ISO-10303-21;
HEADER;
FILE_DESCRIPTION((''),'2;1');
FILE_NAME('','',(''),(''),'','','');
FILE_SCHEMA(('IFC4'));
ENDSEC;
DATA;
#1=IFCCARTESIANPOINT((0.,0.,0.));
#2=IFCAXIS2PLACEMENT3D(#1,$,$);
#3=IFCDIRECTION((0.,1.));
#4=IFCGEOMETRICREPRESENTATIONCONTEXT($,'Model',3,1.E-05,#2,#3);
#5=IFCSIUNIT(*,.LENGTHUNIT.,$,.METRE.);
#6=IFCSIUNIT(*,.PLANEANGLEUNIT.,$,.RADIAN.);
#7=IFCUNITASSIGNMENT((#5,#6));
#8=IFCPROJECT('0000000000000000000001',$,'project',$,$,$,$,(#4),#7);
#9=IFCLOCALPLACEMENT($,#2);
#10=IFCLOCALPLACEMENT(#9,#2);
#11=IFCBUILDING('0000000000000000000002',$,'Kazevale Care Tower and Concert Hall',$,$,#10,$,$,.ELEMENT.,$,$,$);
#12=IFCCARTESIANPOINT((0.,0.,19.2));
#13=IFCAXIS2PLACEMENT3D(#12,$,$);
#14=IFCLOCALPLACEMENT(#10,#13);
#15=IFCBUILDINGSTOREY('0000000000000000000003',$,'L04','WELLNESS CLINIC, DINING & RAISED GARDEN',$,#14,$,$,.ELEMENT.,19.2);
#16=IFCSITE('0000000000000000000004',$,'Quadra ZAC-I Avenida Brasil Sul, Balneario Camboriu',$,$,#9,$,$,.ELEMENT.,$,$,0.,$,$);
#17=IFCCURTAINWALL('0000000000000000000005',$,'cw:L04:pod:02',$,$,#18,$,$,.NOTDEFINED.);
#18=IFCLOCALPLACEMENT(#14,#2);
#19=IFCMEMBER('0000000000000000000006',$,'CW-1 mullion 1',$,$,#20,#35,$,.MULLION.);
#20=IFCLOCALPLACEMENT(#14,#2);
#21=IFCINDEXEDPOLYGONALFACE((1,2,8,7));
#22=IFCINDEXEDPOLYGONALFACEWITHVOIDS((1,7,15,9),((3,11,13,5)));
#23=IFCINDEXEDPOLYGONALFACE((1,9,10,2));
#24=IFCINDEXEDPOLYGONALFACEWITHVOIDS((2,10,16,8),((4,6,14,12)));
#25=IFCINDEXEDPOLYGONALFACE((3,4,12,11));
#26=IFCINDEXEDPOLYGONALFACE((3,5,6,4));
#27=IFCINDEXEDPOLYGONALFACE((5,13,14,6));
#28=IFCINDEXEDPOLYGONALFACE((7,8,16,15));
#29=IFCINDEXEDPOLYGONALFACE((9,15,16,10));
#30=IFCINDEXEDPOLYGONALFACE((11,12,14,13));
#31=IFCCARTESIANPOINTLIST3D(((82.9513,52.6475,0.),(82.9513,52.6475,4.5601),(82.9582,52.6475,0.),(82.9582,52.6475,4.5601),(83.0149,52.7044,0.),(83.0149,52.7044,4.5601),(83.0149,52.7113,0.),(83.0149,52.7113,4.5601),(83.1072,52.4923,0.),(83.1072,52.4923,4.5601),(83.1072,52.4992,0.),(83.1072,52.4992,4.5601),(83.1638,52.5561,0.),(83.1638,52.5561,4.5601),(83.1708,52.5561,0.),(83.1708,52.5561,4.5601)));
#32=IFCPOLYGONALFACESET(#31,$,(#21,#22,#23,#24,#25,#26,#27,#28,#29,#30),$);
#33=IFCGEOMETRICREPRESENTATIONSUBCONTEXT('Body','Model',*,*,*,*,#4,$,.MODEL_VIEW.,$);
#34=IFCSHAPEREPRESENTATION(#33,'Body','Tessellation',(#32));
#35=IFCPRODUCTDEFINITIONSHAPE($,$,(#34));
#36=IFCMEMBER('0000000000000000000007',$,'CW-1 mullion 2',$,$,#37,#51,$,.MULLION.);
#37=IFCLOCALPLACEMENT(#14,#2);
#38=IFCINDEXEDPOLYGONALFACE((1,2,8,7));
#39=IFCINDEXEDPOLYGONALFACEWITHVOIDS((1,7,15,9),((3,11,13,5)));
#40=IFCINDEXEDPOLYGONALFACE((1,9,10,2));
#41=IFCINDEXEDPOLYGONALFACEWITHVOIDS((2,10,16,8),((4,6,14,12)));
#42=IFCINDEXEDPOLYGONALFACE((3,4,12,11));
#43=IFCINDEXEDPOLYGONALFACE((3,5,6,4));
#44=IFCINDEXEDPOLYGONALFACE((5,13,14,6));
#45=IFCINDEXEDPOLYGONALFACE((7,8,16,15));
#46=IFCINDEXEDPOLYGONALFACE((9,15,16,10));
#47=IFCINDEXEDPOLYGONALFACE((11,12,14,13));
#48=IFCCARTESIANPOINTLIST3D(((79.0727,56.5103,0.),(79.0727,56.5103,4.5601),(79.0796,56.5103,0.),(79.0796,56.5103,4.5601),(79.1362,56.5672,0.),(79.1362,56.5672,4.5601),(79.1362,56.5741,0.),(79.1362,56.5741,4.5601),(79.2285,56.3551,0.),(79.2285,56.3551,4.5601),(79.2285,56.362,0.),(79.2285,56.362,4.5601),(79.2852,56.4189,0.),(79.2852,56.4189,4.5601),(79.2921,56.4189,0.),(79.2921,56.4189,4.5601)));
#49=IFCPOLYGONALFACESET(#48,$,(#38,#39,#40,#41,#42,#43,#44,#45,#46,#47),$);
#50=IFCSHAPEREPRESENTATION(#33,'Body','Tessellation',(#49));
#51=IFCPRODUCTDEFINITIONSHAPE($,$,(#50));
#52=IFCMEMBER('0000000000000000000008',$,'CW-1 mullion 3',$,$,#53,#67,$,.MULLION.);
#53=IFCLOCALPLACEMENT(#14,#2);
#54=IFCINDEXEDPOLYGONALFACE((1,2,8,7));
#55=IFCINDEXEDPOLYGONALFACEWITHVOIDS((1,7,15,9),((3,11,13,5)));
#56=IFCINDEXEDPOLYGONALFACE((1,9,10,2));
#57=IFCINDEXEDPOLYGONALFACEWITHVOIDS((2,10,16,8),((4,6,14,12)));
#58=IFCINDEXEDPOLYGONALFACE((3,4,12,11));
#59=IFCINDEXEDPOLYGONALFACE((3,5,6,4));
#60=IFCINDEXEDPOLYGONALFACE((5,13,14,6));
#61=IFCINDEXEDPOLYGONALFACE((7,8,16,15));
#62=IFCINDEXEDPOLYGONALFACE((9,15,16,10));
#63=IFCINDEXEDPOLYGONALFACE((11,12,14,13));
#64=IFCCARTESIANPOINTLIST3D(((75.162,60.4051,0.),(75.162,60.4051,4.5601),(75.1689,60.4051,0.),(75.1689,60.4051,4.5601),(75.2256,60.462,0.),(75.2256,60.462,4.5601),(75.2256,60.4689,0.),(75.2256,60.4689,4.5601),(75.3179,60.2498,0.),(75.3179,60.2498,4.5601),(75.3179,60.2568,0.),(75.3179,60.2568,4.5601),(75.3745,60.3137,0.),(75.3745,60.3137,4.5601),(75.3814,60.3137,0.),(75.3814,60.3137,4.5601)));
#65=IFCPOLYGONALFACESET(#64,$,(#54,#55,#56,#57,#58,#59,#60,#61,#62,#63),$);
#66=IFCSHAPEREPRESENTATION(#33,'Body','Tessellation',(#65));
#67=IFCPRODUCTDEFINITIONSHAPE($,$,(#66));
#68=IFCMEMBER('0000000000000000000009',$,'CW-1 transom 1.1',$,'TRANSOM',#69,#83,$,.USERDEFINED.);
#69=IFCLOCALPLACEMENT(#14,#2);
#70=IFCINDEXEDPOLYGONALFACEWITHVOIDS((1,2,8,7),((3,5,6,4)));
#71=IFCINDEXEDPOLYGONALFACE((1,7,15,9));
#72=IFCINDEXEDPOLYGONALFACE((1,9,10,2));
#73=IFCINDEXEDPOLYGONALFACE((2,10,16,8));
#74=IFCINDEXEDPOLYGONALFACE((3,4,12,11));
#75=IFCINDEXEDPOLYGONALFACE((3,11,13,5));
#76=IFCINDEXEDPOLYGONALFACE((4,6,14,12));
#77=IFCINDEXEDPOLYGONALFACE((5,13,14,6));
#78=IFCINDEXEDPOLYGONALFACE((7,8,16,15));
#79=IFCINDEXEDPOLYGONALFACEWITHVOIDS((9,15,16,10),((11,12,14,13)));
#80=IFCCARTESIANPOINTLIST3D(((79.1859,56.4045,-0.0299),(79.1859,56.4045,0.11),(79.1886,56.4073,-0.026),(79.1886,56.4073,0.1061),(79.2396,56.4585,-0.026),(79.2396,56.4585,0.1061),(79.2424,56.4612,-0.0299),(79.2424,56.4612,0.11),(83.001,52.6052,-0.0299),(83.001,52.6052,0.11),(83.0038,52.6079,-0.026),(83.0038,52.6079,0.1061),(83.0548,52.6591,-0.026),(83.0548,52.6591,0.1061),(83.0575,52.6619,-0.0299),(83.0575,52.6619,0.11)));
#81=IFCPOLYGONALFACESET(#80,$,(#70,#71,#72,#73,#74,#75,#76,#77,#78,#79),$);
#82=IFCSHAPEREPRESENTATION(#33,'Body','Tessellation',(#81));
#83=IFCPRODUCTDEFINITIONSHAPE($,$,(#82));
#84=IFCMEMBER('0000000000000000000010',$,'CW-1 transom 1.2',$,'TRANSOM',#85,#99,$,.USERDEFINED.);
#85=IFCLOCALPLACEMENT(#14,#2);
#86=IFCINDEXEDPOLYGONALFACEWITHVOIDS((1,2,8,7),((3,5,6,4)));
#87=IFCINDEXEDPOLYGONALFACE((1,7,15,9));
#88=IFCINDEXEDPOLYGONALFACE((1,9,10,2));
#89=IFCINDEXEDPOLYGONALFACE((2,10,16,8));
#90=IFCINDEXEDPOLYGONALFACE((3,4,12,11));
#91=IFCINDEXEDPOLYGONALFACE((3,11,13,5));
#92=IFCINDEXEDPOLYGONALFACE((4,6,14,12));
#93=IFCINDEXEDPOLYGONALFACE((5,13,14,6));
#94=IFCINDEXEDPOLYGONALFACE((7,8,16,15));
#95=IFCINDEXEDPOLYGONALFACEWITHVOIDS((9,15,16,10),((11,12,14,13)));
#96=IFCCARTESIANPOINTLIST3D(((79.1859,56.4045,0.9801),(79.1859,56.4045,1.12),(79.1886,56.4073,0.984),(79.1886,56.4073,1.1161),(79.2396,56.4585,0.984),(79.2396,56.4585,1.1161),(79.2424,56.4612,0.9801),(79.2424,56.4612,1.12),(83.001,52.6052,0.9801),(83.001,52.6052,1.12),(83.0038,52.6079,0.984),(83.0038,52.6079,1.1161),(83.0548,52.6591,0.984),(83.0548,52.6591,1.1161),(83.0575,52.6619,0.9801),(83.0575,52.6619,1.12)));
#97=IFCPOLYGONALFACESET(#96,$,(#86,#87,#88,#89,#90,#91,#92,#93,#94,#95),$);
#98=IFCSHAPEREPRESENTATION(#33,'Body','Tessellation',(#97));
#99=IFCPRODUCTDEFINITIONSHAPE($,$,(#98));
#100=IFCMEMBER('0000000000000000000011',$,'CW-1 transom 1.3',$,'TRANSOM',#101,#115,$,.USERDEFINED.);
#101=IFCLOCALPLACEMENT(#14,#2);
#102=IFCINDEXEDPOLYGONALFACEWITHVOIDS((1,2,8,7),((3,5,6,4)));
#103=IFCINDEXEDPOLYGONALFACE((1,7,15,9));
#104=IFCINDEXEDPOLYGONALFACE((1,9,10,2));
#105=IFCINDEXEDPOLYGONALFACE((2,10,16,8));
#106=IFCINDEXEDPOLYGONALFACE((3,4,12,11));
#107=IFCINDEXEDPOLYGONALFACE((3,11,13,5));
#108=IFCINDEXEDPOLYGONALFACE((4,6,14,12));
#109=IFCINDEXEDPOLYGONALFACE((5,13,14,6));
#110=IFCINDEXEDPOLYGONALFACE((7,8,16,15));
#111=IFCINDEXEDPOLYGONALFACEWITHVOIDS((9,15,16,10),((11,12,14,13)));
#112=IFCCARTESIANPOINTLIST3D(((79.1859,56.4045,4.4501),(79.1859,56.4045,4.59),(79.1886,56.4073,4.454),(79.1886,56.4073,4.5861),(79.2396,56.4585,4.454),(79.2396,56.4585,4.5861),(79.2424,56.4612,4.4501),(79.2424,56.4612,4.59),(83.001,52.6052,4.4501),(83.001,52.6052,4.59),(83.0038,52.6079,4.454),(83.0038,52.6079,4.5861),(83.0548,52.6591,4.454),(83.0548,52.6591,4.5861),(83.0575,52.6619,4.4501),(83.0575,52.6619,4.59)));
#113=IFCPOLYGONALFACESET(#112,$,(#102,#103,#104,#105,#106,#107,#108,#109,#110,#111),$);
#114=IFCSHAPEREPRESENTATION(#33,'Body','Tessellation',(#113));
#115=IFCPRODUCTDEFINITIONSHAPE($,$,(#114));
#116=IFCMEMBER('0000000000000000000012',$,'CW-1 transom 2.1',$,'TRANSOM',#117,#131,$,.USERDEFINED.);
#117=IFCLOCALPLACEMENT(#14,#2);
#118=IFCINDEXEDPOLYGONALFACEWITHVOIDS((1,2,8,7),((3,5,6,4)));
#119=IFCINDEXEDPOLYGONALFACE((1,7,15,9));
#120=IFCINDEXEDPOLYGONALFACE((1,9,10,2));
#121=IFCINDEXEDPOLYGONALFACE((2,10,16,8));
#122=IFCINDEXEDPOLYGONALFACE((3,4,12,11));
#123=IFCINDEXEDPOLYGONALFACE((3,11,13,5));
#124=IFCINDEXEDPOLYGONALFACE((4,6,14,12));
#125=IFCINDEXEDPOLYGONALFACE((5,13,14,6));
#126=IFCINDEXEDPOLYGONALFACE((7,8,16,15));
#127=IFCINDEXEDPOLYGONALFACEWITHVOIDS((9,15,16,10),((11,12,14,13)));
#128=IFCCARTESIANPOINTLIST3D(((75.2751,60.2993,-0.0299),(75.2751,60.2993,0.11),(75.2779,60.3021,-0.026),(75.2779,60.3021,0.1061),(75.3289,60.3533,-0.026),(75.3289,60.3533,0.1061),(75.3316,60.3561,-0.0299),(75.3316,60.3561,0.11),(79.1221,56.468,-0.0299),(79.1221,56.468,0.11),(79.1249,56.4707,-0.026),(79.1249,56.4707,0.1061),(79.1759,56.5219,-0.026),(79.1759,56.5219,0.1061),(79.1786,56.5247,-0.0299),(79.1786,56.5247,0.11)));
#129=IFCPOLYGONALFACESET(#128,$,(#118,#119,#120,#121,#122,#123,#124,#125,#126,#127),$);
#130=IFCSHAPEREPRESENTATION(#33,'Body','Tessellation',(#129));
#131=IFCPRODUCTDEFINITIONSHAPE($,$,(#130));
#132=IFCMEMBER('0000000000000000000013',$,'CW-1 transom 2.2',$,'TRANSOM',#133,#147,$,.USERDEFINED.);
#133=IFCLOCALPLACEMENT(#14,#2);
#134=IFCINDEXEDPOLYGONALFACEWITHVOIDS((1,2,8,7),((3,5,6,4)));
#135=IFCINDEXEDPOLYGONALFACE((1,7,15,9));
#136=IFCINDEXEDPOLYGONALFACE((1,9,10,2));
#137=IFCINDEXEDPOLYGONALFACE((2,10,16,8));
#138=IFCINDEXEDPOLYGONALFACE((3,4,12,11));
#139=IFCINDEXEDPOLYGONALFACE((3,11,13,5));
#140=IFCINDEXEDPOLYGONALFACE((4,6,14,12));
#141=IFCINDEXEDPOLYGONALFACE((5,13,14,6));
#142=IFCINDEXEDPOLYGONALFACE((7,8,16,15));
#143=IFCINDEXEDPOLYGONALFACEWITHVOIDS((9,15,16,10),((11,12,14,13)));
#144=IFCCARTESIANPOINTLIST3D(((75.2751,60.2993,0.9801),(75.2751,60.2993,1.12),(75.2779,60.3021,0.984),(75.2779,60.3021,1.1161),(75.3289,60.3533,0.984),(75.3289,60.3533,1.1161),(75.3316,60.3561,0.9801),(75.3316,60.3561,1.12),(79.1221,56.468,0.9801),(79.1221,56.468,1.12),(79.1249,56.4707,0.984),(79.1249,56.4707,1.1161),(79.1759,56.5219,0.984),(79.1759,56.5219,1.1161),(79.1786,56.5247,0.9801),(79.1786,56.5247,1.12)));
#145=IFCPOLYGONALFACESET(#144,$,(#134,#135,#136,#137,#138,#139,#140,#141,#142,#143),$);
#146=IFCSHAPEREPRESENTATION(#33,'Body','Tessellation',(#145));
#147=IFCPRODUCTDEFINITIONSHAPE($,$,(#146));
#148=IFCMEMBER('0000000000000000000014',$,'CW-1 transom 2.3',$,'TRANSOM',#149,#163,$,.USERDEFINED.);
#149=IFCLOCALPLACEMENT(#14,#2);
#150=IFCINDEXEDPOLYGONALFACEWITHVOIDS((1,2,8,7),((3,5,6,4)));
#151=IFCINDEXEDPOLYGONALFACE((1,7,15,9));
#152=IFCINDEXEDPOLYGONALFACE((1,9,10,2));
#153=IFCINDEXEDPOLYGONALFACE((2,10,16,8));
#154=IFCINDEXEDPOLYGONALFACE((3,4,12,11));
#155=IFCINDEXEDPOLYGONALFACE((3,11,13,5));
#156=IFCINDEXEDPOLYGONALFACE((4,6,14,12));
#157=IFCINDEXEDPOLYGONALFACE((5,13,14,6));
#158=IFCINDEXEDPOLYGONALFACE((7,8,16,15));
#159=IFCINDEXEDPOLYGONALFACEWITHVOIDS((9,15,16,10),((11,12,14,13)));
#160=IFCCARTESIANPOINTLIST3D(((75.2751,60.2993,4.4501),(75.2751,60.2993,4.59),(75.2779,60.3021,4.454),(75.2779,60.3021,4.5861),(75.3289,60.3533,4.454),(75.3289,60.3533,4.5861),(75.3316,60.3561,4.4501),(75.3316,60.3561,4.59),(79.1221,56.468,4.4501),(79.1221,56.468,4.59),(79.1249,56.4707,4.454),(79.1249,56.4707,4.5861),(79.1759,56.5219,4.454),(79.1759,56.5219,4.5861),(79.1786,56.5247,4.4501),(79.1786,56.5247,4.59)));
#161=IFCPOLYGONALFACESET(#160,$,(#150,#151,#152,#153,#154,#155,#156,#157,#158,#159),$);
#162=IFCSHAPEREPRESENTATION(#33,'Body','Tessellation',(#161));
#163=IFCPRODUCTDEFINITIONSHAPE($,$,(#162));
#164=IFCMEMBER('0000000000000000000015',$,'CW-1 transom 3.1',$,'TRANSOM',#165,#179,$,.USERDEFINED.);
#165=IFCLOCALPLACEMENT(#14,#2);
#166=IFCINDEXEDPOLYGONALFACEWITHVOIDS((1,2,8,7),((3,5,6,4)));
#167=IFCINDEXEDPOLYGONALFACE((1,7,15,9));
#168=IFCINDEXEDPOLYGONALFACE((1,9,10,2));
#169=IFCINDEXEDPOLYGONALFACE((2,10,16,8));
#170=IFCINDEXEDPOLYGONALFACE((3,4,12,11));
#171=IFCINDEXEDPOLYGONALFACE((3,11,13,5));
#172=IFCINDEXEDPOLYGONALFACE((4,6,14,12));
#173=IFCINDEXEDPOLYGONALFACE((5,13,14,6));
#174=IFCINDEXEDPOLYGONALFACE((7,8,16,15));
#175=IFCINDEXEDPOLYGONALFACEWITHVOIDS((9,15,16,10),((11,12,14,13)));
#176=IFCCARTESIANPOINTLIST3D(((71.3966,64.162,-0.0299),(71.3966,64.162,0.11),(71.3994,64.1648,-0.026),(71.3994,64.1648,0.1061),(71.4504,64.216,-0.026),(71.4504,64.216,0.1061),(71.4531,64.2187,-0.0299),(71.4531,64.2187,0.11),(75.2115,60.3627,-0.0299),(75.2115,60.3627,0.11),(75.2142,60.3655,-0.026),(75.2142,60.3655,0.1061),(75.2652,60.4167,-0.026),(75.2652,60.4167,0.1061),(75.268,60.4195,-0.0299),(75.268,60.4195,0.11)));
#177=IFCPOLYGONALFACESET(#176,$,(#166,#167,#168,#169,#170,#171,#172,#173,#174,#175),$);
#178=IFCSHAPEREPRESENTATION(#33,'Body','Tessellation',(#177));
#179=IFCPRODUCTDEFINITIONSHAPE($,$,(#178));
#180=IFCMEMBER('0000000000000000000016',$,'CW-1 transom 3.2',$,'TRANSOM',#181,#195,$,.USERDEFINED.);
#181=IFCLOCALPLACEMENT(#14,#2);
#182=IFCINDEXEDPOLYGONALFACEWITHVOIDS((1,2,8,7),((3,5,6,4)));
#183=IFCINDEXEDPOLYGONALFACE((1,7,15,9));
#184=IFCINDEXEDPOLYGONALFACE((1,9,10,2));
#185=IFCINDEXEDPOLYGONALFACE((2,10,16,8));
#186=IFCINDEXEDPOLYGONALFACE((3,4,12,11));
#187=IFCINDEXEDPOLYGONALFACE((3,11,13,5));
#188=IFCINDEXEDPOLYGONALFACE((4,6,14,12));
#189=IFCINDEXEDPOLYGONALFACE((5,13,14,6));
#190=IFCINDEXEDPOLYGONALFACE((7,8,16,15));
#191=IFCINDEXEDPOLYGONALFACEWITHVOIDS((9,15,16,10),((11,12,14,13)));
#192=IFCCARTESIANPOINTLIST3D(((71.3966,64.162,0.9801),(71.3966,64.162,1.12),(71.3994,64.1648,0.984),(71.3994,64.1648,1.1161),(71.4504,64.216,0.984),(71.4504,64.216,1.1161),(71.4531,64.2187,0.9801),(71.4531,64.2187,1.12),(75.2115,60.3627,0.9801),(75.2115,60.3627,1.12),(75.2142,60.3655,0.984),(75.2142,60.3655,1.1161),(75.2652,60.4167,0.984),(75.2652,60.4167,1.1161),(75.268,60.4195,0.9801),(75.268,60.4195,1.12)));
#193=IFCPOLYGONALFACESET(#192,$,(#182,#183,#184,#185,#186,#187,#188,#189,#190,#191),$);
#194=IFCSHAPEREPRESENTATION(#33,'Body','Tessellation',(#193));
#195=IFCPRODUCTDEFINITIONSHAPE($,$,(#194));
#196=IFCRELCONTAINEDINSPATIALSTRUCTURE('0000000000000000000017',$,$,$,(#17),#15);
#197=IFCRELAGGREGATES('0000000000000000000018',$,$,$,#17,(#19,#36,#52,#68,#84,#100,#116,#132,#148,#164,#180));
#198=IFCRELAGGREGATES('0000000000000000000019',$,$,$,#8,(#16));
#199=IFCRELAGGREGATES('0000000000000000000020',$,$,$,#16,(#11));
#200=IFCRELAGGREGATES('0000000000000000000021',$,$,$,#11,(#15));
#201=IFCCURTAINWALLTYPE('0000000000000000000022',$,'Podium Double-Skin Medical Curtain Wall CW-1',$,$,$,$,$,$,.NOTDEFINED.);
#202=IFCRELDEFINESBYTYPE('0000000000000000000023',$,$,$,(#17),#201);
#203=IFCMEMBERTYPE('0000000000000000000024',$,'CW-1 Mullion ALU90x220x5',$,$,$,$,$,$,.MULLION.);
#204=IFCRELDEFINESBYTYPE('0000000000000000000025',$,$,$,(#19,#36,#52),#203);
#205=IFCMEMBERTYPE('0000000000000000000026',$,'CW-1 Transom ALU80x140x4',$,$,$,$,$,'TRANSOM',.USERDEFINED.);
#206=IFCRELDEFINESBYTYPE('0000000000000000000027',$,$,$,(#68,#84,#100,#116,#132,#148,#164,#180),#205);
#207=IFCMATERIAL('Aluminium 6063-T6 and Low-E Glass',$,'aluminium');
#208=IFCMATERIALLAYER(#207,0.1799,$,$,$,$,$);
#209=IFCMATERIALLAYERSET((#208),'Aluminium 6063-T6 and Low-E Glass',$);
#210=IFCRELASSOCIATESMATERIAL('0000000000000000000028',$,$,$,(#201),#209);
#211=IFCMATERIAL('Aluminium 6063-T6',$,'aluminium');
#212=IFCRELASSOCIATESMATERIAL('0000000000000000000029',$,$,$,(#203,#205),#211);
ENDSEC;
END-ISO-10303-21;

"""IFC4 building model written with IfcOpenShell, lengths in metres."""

from ifc_helpers import new_model, si_unit, direction, frame, origin, origin_2d, place, context, subcontext, project, spatial, hollow_rectangle, extrude, material, layer, layer_set, material_profile, profile_set, type_object, element, aggregate, save


model = new_model("IFC4")

# Units and contexts
model_context = context("Model", 3, precision=1e-05, world=origin(), true_north=direction((0.0, 1.0)))
body_context = subcontext(model_context, "Body", "Model", "MODEL_VIEW")
ifc_project = project(units=[si_unit("LENGTHUNIT", "METRE"), si_unit("PLANEANGLEUNIT", "RADIAN")], contexts=[model_context])

# Site, building, storey
site_placement = place(None, origin())
site = spatial("IfcSite", under=ifc_project, at=site_placement, Name="Quadra ZAC-I Avenida Brasil Sul, Balneario Camboriu", CompositionType="ELEMENT", RefElevation=0.0)
building_placement = place(site_placement, origin())
building = spatial("IfcBuilding", under=site, at=building_placement, Name="Kazevale Care Tower and Concert Hall", CompositionType="ELEMENT")
storey_placement = place(building_placement, frame((0.0, 0.0, 19.2)))
storey = spatial("IfcBuildingStorey", under=building, at=storey_placement, Name="L04", Description="WELLNESS CLINIC, DINING & RAISED GARDEN", CompositionType="ELEMENT", Elevation=19.2)

# Curtain wall, members
ifc_material_1 = material(Name="Aluminium 6063-T6 and Low-E Glass", Category="aluminium")
ifc_layer_1 = layer(ifc_material_1, 0.1799)
ifc_layer_set_1 = layer_set([ifc_layer_1], Name="Aluminium 6063-T6 and Low-E Glass")
curtain_wall_type = type_object("IfcCurtainWallType", Name="Podium Double-Skin Medical Curtain Wall CW-1", PredefinedType="NOTDEFINED", material=ifc_layer_set_1)
curtain_wall_placement = place(storey_placement, origin())
curtain_wall = element("IfcCurtainWall", 1, at=curtain_wall_placement, inside=storey, type_object=curtain_wall_type, Name="cw:L04:pod:02", PredefinedType="NOTDEFINED")
ifc_material_2 = material(Name="Aluminium 6063-T6", Category="aluminium")
ifc_material_profile_1 = material_profile(ifc_material_2, hollow_rectangle(XDim=0.0901, YDim=0.22, WallThickness=0.0049, at=origin_2d()), Name="ALU90x220x5")
ifc_profile_set_1 = profile_set([ifc_material_profile_1], Name="Aluminium 6063-T6")
member_type_1 = type_object("IfcMemberType", Name="CW-1 Mullion ALU90x220x5", PredefinedType="MULLION", material=ifc_profile_set_1)
member_1_placement = place(storey_placement, frame((83.061, 52.6018, 0.0), z_axis=(0.0, 0.0, 1.0), x_axis=(-0.705656, -0.708555, 0.0)))
member_1 = element("IfcMember", 2, at=member_1_placement, type_object=member_type_1, Name="CW-1 mullion 1", PredefinedType="MULLION", context=body_context, shape_type="SweptSolid", body=[
    extrude(hollow_rectangle(XDim=0.0901, YDim=0.22, WallThickness=0.0049, at=origin_2d()), origin(), (0.0, 0.0, 1.0), 4.5601),
])
member_2_placement = place(storey_placement, frame((79.1824, 56.4646, 0.0), z_axis=(0.0, 0.0, 1.0), x_axis=(-0.705656, -0.708555, 0.0)))
member_2 = element("IfcMember", 3, at=member_2_placement, type_object=member_type_1, Name="CW-1 mullion 2", PredefinedType="MULLION", context=body_context, shape_type="SweptSolid", body=[
    extrude(hollow_rectangle(XDim=0.0901, YDim=0.22, WallThickness=0.0049, at=origin_2d()), origin(), (0.0, 0.0, 1.0), 4.5601),
])
member_3_placement = place(storey_placement, frame((75.2717, 60.3594, 0.0), z_axis=(0.0, 0.0, 1.0), x_axis=(-0.705656, -0.708555, 0.0)))
member_3 = element("IfcMember", 4, at=member_3_placement, type_object=member_type_1, Name="CW-1 mullion 3", PredefinedType="MULLION", context=body_context, shape_type="SweptSolid", body=[
    extrude(hollow_rectangle(XDim=0.0901, YDim=0.22, WallThickness=0.0049, at=origin_2d()), origin(), (0.0, 0.0, 1.0), 4.5601),
])
ifc_material_profile_2 = material_profile(ifc_material_2, hollow_rectangle(XDim=0.0801, YDim=0.1399, WallThickness=0.0039, at=origin_2d()), Name="ALU80x140x4")
ifc_profile_set_2 = profile_set([ifc_material_profile_2], Name="Aluminium 6063-T6")
member_type_2 = type_object("IfcMemberType", Name="CW-1 Transom ALU80x140x4", ElementType="TRANSOM", PredefinedType="USERDEFINED", material=ifc_profile_set_2)
member_4_placement = place(storey_placement, frame((83.0293, 52.6335, 0.04), z_axis=(-0.708579, 0.705632, 0.0), x_axis=(-0.705632, -0.708579, 0.0)))
member_4 = element("IfcMember", 5, at=member_4_placement, type_object=member_type_2, Name="CW-1 transom 1.1", ObjectType="TRANSOM", PredefinedType="USERDEFINED", context=body_context, shape_type="SweptSolid", body=[
    extrude(hollow_rectangle(XDim=0.0801, YDim=0.1399, WallThickness=0.0039, at=origin_2d()), origin(), (0.0, 0.0, 1.0), 5.3843),
])
member_5_placement = place(storey_placement, frame((83.0293, 52.6335, 1.05), z_axis=(-0.708579, 0.705632, 0.0), x_axis=(-0.705632, -0.708579, 0.0)))
member_5 = element("IfcMember", 6, at=member_5_placement, type_object=member_type_2, Name="CW-1 transom 1.2", ObjectType="TRANSOM", PredefinedType="USERDEFINED", context=body_context, shape_type="SweptSolid", body=[
    extrude(hollow_rectangle(XDim=0.0801, YDim=0.1399, WallThickness=0.0039, at=origin_2d()), origin(), (0.0, 0.0, 1.0), 5.3843),
])
member_6_placement = place(storey_placement, frame((83.0293, 52.6335, 4.52), z_axis=(-0.708579, 0.705632, 0.0), x_axis=(-0.705632, -0.708579, 0.0)))
member_6 = element("IfcMember", 7, at=member_6_placement, type_object=member_type_2, Name="CW-1 transom 1.3", ObjectType="TRANSOM", PredefinedType="USERDEFINED", context=body_context, shape_type="SweptSolid", body=[
    extrude(hollow_rectangle(XDim=0.0801, YDim=0.1399, WallThickness=0.0039, at=origin_2d()), origin(), (0.0, 0.0, 1.0), 5.3843),
])
member_7_placement = place(storey_placement, frame((79.1504, 56.4963, 0.04), z_axis=(-0.708544, 0.705666, 0.0), x_axis=(-0.705666, -0.708544, 0.0)))
member_7 = element("IfcMember", 8, at=member_7_placement, type_object=member_type_2, Name="CW-1 transom 2.1", ObjectType="TRANSOM", PredefinedType="USERDEFINED", context=body_context, shape_type="SweptSolid", body=[
    extrude(hollow_rectangle(XDim=0.0801, YDim=0.1399, WallThickness=0.0039, at=origin_2d()), origin(), (0.0, 0.0, 1.0), 5.4294),
])
member_8_placement = place(storey_placement, frame((79.1504, 56.4963, 1.05), z_axis=(-0.708544, 0.705666, 0.0), x_axis=(-0.705666, -0.708544, 0.0)))
member_8 = element("IfcMember", 9, at=member_8_placement, type_object=member_type_2, Name="CW-1 transom 2.2", ObjectType="TRANSOM", PredefinedType="USERDEFINED", context=body_context, shape_type="SweptSolid", body=[
    extrude(hollow_rectangle(XDim=0.0801, YDim=0.1399, WallThickness=0.0039, at=origin_2d()), origin(), (0.0, 0.0, 1.0), 5.4294),
])
member_9_placement = place(storey_placement, frame((79.1504, 56.4963, 4.52), z_axis=(-0.708544, 0.705666, 0.0), x_axis=(-0.705666, -0.708544, 0.0)))
member_9 = element("IfcMember", 10, at=member_9_placement, type_object=member_type_2, Name="CW-1 transom 2.3", ObjectType="TRANSOM", PredefinedType="USERDEFINED", context=body_context, shape_type="SweptSolid", body=[
    extrude(hollow_rectangle(XDim=0.0801, YDim=0.1399, WallThickness=0.0039, at=origin_2d()), origin(), (0.0, 0.0, 1.0), 5.4294),
])
member_10_placement = place(storey_placement, frame((75.2397, 60.3911, 0.04), z_axis=(-0.708556, 0.705654, 0.0), x_axis=(-0.705654, -0.708556, 0.0)))
member_10 = element("IfcMember", 11, at=member_10_placement, type_object=member_type_2, Name="CW-1 transom 3.1", ObjectType="TRANSOM", PredefinedType="USERDEFINED", context=body_context, shape_type="SweptSolid", body=[
    extrude(hollow_rectangle(XDim=0.0801, YDim=0.1399, WallThickness=0.0039, at=origin_2d()), origin(), (0.0, 0.0, 1.0), 5.384),
])
member_11_placement = place(storey_placement, frame((75.2397, 60.3911, 1.05), z_axis=(-0.708556, 0.705654, 0.0), x_axis=(-0.705654, -0.708556, 0.0)))
member_11 = element("IfcMember", 12, at=member_11_placement, type_object=member_type_2, Name="CW-1 transom 3.2", ObjectType="TRANSOM", PredefinedType="USERDEFINED", context=body_context, shape_type="SweptSolid", body=[
    extrude(hollow_rectangle(XDim=0.0801, YDim=0.1399, WallThickness=0.0039, at=origin_2d()), origin(), (0.0, 0.0, 1.0), 5.384),
])

aggregate(curtain_wall, [member_1, member_2, member_3, member_4, member_5, member_6, member_7, member_8, member_9, member_10, member_11])

save(model, "model.ifc")
